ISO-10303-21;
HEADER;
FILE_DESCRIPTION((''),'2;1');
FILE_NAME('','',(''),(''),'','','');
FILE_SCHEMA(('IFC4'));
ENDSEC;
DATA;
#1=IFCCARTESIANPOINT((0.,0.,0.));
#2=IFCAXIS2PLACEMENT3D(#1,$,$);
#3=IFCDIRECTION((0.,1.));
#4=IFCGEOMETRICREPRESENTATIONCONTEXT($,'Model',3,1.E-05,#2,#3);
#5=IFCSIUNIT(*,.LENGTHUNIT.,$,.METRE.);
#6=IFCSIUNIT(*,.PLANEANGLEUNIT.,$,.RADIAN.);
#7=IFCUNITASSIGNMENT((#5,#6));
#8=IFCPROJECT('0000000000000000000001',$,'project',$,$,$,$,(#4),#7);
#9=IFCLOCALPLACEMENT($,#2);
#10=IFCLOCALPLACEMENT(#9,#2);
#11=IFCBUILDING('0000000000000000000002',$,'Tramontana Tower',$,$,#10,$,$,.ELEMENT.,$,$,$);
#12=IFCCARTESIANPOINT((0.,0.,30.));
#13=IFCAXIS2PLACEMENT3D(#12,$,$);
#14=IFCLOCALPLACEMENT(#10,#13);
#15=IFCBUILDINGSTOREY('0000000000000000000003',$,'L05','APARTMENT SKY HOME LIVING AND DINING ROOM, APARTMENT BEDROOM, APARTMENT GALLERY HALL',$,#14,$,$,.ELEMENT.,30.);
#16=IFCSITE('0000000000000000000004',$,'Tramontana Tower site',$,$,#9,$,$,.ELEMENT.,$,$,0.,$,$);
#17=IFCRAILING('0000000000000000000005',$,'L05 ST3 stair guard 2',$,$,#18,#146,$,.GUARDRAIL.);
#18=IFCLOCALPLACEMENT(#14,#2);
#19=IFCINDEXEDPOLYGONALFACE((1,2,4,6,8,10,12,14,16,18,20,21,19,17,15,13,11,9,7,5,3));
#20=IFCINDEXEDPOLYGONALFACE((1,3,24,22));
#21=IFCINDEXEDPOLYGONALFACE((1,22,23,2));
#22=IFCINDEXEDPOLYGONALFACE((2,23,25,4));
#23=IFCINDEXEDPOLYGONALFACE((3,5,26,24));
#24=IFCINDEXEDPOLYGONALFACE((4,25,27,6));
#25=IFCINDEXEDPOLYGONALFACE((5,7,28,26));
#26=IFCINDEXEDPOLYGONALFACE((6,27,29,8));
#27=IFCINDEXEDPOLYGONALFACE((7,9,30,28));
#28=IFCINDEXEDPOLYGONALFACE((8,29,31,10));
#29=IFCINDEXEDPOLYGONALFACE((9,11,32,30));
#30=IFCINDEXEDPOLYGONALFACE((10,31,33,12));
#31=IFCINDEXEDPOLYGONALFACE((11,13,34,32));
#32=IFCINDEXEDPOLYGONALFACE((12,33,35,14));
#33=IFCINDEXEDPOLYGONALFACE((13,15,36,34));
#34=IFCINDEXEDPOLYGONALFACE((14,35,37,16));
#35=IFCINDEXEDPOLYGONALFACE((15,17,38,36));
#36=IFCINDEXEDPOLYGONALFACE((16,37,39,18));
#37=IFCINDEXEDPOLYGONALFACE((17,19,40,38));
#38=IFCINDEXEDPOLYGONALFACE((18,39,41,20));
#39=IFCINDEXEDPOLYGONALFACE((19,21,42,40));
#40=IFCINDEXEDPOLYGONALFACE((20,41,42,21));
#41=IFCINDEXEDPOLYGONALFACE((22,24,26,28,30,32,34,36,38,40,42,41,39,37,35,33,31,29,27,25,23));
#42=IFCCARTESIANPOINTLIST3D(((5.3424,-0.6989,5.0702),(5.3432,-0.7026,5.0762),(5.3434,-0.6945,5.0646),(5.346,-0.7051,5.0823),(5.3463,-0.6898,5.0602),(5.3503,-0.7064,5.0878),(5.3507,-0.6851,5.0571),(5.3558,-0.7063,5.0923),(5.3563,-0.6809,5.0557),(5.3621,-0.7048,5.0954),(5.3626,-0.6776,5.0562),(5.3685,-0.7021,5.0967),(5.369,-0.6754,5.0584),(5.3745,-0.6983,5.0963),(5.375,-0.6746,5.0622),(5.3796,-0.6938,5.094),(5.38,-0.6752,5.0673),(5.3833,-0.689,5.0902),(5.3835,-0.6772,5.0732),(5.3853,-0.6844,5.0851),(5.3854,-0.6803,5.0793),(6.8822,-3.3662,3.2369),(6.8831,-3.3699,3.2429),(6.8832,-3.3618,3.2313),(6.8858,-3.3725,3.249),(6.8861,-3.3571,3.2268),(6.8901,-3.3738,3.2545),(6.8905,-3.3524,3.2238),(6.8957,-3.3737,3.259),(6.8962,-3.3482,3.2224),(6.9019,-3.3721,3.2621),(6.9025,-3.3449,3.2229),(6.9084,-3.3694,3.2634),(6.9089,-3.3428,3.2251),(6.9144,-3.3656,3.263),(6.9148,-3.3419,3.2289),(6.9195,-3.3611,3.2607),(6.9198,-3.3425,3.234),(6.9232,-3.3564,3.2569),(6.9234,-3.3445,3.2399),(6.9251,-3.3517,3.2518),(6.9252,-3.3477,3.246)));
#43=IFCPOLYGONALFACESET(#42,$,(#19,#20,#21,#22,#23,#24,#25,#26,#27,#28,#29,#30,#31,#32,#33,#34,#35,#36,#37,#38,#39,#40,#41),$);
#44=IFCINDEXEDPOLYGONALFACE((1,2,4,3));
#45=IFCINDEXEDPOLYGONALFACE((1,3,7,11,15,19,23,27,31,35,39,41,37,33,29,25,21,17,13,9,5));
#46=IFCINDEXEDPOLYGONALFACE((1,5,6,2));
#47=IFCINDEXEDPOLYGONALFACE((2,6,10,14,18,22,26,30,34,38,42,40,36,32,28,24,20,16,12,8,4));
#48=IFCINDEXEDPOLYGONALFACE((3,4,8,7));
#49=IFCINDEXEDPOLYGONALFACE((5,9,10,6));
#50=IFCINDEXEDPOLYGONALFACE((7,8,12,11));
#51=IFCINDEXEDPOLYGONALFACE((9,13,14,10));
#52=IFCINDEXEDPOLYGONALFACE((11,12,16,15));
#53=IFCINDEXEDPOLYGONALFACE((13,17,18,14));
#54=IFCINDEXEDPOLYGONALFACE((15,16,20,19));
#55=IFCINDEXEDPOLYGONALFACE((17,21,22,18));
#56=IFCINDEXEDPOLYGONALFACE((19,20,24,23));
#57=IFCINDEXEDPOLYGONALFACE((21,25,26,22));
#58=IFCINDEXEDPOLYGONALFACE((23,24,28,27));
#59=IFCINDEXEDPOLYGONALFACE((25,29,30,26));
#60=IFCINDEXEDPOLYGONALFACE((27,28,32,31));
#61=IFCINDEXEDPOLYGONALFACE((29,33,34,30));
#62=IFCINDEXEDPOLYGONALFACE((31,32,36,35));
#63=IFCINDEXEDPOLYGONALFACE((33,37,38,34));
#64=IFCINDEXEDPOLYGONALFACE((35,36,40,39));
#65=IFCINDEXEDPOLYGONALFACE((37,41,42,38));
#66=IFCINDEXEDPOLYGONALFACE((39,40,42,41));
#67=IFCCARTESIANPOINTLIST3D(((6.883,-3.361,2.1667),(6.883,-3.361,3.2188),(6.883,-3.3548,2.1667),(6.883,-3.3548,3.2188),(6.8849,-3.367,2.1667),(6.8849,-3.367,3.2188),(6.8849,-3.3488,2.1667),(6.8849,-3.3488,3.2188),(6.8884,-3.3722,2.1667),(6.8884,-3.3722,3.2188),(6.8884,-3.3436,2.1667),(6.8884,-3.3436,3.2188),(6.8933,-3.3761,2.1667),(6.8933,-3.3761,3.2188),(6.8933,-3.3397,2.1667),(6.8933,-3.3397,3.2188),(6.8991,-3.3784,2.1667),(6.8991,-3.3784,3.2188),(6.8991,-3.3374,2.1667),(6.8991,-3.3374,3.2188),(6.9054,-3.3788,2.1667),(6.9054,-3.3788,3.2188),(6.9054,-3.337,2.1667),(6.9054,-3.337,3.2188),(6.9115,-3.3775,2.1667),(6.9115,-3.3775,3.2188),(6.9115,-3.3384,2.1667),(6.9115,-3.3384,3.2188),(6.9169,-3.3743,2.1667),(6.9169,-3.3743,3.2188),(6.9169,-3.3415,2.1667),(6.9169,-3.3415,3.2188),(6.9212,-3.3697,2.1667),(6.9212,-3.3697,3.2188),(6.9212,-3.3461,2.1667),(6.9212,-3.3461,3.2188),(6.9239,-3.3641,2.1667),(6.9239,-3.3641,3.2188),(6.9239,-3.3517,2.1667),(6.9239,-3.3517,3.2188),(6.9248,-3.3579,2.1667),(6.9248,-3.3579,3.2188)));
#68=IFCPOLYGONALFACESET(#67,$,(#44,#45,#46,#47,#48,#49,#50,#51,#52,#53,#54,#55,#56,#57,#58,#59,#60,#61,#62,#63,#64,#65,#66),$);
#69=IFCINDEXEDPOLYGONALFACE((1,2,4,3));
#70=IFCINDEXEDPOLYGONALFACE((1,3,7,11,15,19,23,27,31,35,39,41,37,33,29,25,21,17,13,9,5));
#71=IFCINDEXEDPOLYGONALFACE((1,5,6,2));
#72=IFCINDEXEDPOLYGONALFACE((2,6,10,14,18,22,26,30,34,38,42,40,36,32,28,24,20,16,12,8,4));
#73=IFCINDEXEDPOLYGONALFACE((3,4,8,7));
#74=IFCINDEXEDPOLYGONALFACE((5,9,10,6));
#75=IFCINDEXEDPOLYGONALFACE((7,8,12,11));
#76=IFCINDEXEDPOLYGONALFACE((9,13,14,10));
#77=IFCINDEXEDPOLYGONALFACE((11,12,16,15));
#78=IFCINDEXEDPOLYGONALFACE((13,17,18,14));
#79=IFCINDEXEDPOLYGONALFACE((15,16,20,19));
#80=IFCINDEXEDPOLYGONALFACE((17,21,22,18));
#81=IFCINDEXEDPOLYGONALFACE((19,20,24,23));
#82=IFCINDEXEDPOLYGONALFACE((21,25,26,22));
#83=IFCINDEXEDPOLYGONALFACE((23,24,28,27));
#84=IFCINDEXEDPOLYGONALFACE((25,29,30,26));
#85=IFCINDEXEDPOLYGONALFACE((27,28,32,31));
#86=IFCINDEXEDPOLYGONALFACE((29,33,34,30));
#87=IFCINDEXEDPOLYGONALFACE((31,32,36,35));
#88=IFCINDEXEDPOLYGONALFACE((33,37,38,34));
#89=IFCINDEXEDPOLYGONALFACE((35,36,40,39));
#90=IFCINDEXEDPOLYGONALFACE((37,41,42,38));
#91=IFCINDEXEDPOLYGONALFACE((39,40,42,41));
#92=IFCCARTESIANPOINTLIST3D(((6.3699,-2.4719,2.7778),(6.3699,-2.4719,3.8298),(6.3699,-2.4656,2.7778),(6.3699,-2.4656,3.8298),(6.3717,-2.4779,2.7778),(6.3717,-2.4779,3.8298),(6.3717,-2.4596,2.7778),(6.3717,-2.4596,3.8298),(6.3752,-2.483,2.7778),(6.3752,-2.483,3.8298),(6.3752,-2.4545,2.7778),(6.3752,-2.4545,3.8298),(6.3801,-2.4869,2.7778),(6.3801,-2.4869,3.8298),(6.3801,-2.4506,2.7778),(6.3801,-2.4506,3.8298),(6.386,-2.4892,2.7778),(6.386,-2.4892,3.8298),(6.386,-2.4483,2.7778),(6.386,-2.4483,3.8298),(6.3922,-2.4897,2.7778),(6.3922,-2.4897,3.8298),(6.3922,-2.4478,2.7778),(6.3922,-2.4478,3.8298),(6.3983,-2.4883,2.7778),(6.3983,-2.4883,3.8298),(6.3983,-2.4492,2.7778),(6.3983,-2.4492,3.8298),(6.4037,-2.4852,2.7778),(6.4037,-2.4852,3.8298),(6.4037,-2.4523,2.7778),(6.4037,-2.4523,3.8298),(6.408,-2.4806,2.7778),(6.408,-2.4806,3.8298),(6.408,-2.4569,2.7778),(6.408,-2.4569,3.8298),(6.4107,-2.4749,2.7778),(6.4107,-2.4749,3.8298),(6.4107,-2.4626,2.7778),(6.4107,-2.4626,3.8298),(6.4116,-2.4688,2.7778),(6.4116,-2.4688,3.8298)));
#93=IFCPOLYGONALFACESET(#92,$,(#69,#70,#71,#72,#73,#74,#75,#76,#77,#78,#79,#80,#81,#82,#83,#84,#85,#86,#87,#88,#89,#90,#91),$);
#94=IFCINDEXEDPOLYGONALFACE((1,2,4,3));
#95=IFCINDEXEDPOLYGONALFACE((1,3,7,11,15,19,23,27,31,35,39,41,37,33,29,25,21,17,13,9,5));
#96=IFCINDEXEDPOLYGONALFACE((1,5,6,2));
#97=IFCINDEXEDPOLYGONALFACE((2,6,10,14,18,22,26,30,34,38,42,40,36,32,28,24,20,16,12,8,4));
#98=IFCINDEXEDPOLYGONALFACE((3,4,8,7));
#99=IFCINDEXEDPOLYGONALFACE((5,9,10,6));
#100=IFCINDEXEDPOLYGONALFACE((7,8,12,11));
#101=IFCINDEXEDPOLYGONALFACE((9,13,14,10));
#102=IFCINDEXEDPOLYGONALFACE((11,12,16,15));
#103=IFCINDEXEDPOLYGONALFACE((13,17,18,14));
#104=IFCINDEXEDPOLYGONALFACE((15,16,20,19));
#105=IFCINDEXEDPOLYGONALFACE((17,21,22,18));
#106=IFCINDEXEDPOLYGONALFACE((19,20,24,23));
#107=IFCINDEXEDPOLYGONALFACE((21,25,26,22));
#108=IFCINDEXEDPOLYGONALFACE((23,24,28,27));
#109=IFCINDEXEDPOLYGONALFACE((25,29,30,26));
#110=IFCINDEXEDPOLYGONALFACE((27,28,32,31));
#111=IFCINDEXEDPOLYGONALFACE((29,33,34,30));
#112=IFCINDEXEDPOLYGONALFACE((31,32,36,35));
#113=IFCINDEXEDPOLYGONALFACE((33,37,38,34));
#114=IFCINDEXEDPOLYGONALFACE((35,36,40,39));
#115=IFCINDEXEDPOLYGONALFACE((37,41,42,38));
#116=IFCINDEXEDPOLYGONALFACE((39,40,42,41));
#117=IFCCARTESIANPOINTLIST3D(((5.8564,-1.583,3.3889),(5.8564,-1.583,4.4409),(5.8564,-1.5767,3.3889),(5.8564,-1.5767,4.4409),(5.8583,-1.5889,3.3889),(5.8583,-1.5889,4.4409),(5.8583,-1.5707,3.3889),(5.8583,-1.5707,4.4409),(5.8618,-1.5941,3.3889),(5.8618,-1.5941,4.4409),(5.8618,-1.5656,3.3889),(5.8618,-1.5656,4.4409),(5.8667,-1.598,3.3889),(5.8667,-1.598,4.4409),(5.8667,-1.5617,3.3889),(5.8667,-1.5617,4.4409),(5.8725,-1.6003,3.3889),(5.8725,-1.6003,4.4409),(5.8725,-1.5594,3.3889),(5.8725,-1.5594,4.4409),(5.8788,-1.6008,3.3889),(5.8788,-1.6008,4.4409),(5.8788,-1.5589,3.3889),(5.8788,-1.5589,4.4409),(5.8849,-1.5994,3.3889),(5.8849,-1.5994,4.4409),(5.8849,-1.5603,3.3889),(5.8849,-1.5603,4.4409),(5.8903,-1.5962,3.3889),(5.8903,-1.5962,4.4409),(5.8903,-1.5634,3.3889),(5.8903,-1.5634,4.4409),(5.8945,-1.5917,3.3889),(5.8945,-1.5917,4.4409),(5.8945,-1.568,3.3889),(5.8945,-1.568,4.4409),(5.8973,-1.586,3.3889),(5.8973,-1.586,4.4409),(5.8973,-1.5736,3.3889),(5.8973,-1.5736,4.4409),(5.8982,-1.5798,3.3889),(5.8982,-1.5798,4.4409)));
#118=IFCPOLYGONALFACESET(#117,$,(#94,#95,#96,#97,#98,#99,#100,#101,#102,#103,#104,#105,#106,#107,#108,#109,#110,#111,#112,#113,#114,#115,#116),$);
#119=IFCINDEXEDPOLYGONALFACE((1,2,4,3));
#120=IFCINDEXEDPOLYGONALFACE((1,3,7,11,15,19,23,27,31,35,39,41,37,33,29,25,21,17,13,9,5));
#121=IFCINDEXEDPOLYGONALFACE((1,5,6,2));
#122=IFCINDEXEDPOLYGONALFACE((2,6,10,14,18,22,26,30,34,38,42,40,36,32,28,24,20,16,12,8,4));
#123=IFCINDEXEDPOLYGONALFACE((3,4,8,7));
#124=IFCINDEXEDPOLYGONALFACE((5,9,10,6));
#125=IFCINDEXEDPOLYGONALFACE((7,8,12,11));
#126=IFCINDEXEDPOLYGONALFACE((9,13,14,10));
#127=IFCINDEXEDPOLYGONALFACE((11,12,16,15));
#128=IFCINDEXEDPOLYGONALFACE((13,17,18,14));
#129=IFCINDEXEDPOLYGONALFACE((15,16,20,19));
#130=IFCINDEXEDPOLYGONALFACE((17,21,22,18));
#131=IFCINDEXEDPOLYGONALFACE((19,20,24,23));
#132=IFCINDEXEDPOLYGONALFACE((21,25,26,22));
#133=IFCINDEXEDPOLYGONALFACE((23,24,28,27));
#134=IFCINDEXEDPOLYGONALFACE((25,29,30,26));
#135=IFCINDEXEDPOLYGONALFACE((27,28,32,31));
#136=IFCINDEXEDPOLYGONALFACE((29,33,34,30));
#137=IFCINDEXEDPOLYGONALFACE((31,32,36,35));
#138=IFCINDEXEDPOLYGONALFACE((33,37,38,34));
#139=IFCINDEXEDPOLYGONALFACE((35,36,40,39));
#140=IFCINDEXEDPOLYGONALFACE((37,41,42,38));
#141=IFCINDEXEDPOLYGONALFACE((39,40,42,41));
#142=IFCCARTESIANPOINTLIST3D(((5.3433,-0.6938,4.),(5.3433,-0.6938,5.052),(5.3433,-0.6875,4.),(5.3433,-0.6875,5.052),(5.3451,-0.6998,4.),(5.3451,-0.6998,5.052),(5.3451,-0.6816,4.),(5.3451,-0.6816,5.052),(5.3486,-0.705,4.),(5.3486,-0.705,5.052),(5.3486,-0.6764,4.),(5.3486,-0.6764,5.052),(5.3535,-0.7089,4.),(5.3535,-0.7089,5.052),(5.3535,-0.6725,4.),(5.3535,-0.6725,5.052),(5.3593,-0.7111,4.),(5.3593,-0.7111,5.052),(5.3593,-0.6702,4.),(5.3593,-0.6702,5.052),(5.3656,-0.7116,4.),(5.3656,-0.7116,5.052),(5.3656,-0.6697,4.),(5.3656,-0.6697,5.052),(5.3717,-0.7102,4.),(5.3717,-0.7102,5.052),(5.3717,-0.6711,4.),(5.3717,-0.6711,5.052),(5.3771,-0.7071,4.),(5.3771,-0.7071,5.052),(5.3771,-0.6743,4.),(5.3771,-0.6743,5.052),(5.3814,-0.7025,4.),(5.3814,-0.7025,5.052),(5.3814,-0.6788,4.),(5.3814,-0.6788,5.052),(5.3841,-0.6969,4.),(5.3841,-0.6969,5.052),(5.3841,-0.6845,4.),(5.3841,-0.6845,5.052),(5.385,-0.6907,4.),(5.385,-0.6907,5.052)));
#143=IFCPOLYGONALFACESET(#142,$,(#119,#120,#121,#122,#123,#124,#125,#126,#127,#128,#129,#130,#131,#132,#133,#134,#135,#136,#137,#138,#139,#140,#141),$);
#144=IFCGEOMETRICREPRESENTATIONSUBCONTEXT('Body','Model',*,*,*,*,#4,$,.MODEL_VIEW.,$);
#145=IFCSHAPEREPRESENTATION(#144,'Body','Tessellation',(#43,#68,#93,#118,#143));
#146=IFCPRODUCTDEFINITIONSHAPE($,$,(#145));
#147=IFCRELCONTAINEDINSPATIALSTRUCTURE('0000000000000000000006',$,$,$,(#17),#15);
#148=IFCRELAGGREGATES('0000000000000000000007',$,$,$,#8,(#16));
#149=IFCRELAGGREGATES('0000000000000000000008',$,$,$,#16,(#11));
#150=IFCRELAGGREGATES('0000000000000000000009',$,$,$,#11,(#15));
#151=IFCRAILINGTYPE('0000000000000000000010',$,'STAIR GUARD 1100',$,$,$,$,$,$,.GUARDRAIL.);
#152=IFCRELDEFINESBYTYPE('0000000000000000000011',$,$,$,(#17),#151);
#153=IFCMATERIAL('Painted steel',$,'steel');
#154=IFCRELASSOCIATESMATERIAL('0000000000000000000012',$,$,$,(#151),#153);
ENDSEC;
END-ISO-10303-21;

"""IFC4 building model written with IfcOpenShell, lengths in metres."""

from ifc_helpers import new_model, si_unit, direction, frame, origin, origin_2d, place, context, subcontext, project, spatial, circle, extrude, material, type_object, element, save


model = new_model("IFC4")

# Units and contexts
model_context = context("Model", 3, precision=1e-05, world=origin(), true_north=direction((0.0, 1.0)))
body_context = subcontext(model_context, "Body", "Model", "MODEL_VIEW")
ifc_project = project(units=[si_unit("LENGTHUNIT", "METRE"), si_unit("PLANEANGLEUNIT", "RADIAN")], contexts=[model_context])

# Site, building, storey
site_placement = place(None, origin())
site = spatial("IfcSite", under=ifc_project, at=site_placement, Name="Tramontana Tower site", CompositionType="ELEMENT", RefElevation=0.0)
building_placement = place(site_placement, origin())
building = spatial("IfcBuilding", under=site, at=building_placement, Name="Tramontana Tower", CompositionType="ELEMENT")
storey_placement = place(building_placement, frame((0.0, 0.0, 30.0)))
storey = spatial("IfcBuildingStorey", under=building, at=storey_placement, Name="L05", Description="APARTMENT SKY HOME LIVING AND DINING ROOM, APARTMENT BEDROOM, APARTMENT GALLERY HALL", CompositionType="ELEMENT", Elevation=30.0)

# Railing
ifc_material_1 = material(Name="Painted steel", Category="steel")
railing_type_1 = type_object("IfcRailingType", Name="STAIR GUARD 1100", PredefinedType="GUARDRAIL", material=ifc_material_1)
railing_1_placement = place(storey_placement, frame((6.9038, -3.3579, 2.1667)))
element("IfcRailing", 1, at=railing_1_placement, inside=storey, type_object=railing_type_1, Name="L05 ST3 stair guard 2", PredefinedType="GUARDRAIL", context=body_context, shape_type="SweptSolid", body=[
    extrude(circle(Radius=0.0239, at=origin_2d()), frame((0.0, 0.0, 1.0762), z_axis=(-0.429616, 0.744181, 0.511493), x_axis=(-0.866044, -0.499967, 0.0)), (0.0, 0.0, 1.0), 3.5842),
    extrude(circle(Radius=0.021, at=origin_2d()), origin(), (0.0, 0.0, 1.0), 1.052),
    extrude(circle(Radius=0.021, at=origin_2d()), frame((-0.5132, 0.8892, 0.6111)), (0.0, 0.0, 1.0), 1.052),
    extrude(circle(Radius=0.021, at=origin_2d()), frame((-1.0266, 1.7781, 1.2222)), (0.0, 0.0, 1.0), 1.052),
    extrude(circle(Radius=0.021, at=origin_2d()), frame((-1.5398, 2.6672, 1.8333)), (0.0, 0.0, 1.0), 1.052),
])

save(model, "model.ifc")
